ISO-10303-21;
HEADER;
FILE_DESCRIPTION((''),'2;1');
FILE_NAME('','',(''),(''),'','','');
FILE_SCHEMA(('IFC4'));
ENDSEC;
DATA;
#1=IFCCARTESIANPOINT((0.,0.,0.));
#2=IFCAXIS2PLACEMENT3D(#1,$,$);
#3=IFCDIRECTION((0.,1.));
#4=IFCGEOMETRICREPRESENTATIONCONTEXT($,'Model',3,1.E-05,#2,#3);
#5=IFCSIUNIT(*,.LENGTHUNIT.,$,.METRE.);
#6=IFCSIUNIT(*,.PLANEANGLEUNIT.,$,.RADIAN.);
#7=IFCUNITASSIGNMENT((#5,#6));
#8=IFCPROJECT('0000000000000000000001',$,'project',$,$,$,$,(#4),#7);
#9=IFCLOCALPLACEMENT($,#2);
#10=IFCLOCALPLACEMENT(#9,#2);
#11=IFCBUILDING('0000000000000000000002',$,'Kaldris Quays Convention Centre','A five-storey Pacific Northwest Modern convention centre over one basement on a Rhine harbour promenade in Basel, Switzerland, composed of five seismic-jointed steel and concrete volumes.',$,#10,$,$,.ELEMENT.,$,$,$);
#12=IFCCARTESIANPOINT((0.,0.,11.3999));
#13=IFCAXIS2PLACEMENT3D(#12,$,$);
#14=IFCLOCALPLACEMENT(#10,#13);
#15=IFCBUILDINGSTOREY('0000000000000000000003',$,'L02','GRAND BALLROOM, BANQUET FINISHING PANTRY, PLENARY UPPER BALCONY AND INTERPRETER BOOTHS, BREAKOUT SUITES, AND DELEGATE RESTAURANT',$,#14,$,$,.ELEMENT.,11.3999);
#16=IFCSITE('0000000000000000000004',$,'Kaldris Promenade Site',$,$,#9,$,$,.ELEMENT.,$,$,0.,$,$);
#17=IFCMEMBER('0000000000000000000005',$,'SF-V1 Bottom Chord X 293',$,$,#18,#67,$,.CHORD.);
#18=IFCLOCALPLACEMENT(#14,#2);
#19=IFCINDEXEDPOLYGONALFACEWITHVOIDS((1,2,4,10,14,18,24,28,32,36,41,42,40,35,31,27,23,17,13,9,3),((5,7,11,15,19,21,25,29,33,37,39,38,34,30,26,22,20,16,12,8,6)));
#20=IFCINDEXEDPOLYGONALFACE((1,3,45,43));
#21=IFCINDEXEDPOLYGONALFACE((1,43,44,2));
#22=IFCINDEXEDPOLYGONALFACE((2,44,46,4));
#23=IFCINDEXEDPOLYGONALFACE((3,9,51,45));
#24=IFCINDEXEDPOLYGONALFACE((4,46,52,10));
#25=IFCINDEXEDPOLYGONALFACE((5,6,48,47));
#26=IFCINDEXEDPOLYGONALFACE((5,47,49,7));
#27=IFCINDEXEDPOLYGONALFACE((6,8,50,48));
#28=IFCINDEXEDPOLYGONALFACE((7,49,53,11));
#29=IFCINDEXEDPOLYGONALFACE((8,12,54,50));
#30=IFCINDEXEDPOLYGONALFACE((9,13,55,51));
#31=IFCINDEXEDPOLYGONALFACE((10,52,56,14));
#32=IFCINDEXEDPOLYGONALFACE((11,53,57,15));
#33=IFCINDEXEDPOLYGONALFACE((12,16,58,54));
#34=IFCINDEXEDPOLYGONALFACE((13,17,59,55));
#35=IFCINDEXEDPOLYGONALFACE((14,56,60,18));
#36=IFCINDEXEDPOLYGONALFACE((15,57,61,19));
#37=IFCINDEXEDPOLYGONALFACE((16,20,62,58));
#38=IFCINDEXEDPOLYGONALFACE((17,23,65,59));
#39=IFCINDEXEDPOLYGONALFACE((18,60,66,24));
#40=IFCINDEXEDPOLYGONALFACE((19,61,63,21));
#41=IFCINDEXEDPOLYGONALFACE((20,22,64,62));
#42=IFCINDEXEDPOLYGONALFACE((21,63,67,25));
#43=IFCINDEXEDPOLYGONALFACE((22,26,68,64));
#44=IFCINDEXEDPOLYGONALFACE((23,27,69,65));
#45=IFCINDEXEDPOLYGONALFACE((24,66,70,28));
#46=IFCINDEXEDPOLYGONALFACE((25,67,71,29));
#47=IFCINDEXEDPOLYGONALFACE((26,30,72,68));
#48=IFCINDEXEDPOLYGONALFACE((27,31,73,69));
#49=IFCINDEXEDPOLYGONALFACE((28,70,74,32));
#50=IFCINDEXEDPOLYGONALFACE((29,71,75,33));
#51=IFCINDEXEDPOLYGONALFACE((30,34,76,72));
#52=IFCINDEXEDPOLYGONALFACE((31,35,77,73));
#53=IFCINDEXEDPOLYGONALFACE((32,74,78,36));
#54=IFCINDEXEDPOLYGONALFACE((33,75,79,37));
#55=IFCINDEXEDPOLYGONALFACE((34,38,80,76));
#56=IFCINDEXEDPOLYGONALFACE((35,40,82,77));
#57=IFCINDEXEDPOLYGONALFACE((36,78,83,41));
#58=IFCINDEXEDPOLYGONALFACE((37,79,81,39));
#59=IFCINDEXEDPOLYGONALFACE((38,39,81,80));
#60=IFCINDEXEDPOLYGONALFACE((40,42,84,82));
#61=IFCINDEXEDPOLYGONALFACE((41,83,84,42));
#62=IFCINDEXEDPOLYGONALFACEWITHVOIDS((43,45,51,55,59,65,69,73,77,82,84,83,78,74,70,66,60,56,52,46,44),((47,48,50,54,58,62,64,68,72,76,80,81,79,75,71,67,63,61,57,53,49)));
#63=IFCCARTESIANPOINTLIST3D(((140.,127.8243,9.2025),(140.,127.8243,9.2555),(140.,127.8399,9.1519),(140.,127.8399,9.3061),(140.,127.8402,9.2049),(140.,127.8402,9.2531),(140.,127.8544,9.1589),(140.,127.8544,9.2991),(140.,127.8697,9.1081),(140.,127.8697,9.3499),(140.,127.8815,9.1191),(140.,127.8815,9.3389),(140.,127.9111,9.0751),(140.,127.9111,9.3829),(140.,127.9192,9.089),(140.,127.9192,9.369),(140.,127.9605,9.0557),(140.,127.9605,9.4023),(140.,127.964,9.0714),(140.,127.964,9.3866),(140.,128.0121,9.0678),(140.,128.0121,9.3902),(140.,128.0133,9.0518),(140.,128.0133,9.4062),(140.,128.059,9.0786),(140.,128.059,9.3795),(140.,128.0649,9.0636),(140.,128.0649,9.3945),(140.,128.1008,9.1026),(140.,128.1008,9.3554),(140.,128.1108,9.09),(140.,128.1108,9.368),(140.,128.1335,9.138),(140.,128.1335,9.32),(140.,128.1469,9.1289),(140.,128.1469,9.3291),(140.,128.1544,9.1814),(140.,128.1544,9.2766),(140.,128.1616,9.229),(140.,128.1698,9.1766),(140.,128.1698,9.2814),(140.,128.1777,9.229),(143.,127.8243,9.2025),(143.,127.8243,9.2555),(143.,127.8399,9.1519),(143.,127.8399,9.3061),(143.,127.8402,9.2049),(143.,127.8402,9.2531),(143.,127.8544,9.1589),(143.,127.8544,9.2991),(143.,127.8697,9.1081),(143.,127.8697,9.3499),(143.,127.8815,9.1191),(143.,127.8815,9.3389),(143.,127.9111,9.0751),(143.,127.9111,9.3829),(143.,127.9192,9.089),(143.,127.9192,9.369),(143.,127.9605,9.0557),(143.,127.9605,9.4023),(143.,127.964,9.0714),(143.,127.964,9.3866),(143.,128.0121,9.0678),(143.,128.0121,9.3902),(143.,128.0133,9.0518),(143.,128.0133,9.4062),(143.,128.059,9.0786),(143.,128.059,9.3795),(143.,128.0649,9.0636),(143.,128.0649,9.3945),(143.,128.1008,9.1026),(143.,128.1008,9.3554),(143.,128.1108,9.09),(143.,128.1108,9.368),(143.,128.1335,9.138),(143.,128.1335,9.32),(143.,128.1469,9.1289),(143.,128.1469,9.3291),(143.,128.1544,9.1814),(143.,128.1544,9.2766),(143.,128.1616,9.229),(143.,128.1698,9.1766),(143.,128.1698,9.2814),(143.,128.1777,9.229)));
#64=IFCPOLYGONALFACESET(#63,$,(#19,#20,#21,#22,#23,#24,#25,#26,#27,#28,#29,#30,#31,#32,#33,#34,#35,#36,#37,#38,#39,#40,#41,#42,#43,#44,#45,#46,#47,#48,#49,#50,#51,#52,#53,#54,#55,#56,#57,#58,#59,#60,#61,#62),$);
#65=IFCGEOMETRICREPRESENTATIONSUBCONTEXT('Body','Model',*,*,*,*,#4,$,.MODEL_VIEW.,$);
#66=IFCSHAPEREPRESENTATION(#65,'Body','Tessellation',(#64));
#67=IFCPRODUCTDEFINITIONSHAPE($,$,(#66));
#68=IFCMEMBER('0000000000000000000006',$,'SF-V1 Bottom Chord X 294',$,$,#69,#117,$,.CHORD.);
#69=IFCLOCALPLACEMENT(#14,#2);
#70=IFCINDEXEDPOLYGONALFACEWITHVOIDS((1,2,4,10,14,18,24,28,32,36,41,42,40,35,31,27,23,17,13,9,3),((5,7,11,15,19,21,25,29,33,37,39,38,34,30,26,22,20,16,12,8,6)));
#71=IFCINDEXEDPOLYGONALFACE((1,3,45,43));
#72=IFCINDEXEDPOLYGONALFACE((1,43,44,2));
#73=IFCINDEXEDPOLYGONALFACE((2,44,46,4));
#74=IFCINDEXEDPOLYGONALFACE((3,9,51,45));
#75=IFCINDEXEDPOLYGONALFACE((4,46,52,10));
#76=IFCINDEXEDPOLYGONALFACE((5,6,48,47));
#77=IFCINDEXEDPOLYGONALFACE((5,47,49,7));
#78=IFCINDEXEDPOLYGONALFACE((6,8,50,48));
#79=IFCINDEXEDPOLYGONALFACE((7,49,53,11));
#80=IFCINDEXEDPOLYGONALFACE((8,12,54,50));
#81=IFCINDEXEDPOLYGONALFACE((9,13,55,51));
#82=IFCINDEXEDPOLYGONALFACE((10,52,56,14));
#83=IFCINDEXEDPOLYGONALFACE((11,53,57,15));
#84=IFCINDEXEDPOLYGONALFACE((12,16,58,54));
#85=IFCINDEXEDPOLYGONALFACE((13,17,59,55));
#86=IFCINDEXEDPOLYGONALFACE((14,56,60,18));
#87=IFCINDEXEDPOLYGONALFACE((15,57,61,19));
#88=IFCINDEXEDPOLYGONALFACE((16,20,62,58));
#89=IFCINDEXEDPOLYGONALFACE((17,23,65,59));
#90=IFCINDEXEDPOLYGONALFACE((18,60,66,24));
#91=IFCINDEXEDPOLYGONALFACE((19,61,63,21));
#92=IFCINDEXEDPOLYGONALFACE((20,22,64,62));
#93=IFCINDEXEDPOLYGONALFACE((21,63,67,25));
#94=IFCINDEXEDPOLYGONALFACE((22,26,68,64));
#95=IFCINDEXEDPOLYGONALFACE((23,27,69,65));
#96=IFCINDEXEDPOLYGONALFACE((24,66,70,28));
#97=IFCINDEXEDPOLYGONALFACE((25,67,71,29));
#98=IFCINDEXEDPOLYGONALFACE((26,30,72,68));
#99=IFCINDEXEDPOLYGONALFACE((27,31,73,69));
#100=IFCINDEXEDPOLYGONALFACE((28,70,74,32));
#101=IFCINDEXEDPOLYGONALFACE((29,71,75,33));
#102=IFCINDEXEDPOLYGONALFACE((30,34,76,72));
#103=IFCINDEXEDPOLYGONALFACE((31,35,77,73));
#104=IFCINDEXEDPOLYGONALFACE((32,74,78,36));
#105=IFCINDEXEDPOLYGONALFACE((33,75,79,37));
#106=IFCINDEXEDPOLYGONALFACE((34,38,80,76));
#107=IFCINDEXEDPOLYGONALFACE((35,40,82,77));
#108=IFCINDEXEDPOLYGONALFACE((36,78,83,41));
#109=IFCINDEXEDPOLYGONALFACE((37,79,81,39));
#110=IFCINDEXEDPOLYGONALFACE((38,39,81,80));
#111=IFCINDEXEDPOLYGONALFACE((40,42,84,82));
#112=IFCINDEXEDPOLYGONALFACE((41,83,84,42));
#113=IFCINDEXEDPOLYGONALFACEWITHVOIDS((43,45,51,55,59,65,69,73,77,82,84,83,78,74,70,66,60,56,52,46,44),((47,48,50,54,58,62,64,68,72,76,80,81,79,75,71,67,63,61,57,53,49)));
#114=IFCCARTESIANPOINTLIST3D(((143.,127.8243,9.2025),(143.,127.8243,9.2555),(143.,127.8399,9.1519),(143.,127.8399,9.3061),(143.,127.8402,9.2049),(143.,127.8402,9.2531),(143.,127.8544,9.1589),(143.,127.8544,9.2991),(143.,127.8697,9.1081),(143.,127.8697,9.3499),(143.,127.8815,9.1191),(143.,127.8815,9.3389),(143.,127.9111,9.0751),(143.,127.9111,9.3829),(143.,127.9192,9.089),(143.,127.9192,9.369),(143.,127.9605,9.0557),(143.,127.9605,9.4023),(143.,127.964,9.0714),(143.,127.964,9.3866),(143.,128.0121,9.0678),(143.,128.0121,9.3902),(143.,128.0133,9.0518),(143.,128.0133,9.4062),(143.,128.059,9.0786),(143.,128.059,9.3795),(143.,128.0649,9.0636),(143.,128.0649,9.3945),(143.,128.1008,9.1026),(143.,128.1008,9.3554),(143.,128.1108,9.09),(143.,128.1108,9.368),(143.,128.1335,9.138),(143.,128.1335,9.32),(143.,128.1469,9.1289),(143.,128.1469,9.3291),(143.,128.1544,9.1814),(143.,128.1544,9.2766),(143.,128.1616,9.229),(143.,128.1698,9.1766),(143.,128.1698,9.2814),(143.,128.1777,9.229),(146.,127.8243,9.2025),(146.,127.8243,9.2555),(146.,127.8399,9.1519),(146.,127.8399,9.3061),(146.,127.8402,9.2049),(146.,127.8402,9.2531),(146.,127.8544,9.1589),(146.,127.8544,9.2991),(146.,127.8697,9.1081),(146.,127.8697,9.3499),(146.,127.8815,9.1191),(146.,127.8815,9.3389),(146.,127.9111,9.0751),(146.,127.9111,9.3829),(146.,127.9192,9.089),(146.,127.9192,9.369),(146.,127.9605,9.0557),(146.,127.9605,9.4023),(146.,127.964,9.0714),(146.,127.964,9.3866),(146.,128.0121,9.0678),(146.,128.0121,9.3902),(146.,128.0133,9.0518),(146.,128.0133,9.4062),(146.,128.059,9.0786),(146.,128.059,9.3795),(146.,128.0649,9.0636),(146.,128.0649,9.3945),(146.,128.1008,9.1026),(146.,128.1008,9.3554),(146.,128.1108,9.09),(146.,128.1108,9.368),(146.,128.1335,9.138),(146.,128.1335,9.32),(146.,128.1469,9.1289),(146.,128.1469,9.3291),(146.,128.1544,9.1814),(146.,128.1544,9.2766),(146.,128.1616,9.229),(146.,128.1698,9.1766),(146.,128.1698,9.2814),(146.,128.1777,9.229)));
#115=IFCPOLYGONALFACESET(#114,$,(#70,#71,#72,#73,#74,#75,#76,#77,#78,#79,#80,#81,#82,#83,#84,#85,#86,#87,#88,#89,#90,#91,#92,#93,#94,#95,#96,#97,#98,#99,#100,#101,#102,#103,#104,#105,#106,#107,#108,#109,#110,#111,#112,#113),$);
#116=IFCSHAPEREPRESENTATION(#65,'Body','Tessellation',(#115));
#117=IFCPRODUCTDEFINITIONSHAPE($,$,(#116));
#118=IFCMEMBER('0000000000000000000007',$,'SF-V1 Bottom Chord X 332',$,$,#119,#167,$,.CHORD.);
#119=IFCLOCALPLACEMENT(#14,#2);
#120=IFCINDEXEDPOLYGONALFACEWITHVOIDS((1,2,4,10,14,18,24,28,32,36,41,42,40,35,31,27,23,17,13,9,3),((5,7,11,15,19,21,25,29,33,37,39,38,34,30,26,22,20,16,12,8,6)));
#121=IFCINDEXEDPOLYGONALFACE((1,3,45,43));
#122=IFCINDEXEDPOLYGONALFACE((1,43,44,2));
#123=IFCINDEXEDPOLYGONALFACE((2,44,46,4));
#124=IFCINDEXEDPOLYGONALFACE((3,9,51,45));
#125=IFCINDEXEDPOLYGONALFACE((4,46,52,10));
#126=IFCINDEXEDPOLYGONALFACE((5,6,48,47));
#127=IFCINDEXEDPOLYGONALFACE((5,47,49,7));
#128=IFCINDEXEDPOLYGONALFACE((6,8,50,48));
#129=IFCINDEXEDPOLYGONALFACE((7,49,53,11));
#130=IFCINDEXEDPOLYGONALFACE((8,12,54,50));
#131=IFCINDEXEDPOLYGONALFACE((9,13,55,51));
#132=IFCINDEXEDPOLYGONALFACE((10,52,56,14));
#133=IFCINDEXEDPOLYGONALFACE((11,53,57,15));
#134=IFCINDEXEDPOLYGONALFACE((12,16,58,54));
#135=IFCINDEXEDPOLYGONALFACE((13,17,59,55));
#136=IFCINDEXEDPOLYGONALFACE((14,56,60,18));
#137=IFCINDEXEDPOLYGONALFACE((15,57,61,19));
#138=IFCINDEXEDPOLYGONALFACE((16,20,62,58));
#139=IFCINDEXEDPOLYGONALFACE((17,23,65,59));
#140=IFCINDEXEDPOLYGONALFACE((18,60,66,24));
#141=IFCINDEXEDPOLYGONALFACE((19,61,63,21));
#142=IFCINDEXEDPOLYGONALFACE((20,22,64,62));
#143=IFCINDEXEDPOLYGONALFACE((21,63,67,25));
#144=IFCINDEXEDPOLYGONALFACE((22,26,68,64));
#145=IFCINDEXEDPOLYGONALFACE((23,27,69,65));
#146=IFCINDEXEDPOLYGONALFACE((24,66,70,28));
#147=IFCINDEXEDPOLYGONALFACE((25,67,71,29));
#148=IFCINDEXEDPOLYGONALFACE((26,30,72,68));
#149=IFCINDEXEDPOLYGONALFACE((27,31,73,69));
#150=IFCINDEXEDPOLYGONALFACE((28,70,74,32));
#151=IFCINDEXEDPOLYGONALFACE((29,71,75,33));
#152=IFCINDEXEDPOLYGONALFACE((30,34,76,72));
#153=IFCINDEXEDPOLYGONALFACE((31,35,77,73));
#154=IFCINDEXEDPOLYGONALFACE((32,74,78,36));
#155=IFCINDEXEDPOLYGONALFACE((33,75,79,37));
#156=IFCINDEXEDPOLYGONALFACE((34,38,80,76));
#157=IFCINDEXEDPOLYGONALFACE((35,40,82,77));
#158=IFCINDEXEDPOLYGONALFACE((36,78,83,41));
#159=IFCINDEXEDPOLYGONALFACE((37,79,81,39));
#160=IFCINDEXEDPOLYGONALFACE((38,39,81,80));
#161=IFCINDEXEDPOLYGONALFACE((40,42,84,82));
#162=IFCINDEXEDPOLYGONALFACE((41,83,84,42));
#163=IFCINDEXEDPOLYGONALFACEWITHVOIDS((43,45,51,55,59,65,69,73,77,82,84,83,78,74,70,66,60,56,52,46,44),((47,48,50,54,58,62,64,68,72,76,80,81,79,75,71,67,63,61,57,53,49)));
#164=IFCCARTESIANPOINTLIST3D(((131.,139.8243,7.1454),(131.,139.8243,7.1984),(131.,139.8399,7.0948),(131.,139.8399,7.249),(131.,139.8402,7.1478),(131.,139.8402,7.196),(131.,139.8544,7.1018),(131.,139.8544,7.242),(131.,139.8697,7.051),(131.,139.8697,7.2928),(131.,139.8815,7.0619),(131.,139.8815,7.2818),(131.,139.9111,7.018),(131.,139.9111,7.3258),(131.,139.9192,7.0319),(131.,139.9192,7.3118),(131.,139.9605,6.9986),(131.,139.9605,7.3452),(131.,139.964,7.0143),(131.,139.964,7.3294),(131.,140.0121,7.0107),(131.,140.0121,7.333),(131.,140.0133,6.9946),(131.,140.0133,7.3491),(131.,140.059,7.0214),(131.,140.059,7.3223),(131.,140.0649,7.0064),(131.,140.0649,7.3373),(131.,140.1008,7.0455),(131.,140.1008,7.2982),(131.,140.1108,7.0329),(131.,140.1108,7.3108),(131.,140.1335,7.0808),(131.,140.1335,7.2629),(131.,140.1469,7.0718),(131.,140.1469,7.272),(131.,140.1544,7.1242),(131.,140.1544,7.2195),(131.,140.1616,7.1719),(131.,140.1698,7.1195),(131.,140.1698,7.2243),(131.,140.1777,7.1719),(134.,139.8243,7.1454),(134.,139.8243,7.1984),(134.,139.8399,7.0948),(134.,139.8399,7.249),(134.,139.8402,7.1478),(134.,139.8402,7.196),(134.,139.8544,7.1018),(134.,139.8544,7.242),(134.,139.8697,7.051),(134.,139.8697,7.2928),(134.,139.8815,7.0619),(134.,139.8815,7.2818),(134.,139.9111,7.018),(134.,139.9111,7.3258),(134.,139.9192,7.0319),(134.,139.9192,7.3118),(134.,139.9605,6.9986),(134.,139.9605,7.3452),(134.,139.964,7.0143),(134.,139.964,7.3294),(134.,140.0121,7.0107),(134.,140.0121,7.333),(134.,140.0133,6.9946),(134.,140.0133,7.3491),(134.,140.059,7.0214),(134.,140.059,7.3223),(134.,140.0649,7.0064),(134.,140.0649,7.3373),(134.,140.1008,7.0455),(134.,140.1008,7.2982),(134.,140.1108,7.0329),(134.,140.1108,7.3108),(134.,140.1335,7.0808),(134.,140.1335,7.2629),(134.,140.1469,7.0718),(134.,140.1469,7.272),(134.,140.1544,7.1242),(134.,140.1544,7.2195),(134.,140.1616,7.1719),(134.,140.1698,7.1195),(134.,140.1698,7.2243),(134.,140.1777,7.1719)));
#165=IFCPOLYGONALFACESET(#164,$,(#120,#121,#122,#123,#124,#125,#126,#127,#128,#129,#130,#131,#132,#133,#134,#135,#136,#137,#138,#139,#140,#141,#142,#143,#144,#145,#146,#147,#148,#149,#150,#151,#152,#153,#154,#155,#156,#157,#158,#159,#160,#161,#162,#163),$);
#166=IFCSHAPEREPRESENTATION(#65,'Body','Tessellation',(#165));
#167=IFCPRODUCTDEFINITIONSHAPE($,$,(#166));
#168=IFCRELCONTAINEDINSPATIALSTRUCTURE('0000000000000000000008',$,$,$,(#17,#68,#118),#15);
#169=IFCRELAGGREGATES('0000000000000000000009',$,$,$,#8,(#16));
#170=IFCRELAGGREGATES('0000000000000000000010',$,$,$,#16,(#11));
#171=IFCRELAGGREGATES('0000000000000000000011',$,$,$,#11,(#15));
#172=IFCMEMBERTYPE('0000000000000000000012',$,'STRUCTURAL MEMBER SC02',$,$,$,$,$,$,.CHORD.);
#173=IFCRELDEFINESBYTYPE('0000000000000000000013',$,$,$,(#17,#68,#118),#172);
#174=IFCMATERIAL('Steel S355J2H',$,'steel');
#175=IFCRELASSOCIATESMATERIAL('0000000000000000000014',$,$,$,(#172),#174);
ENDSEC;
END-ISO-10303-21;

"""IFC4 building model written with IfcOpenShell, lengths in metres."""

from ifc_helpers import new_model, si_unit, direction, frame, origin, origin_2d, place, context, subcontext, project, spatial, hollow_circle, extrude, material, material_profile, profile_set, type_object, element, save


model = new_model("IFC4")

# Units and contexts
model_context = context("Model", 3, precision=1e-05, world=origin(), true_north=direction((0.0, 1.0)))
body_context = subcontext(model_context, "Body", "Model", "MODEL_VIEW")
ifc_project = project(units=[si_unit("LENGTHUNIT", "METRE"), si_unit("PLANEANGLEUNIT", "RADIAN")], contexts=[model_context])

# Site, building, storey
site_placement = place(None, origin())
site = spatial("IfcSite", under=ifc_project, at=site_placement, Name="Kaldris Promenade Site", CompositionType="ELEMENT", RefElevation=0.0)
building_placement = place(site_placement, origin())
building = spatial("IfcBuilding", under=site, at=building_placement, Name="Kaldris Quays Convention Centre", Description="A five-storey Pacific Northwest Modern convention centre over one basement on a Rhine harbour promenade in Basel, Switzerland, composed of five seismic-jointed steel and concrete volumes.", CompositionType="ELEMENT")
storey_placement = place(building_placement, frame((0.0, 0.0, 11.3999)))
storey = spatial("IfcBuildingStorey", under=building, at=storey_placement, Name="L02", Description="GRAND BALLROOM, BANQUET FINISHING PANTRY, PLENARY UPPER BALCONY AND INTERPRETER BOOTHS, BREAKOUT SUITES, AND DELEGATE RESTAURANT", CompositionType="ELEMENT", Elevation=11.3999)

# Members
ifc_material_1 = material(Name="Steel S355J2H", Category="steel")
ifc_material_profile_1 = material_profile(ifc_material_1, hollow_circle(Radius=0.1777, WallThickness=0.0161, at=origin_2d()), Name="CHS 355.6x16")
ifc_profile_set_1 = profile_set([ifc_material_profile_1], Name="Steel S355J2H")
member_type_1 = type_object("IfcMemberType", Name="STRUCTURAL MEMBER SC02", PredefinedType="CHORD", material=ifc_profile_set_1)
for number, where, z_axis, x_axis, name in (
    (1, (140.0, 128.0, 9.229), (1.0, 0.0, 0.0), (0.0, 1.0, 0.0), "SF-V1 Bottom Chord X 293"),
    (2, (143.0, 128.0, 9.229), (1.0, 0.0, 0.0), (0.0, 1.0, 0.0), "SF-V1 Bottom Chord X 294"),
    (3, (131.0, 140.0, 7.1719), (1.0, 0.0, 0.0), (0.0, 1.0, 0.0), "SF-V1 Bottom Chord X 332"),
):
    element("IfcMember", number, at=place(storey_placement, frame(where, z_axis=z_axis, x_axis=x_axis)), inside=storey, type_object=member_type_1, Name=name, PredefinedType="CHORD", context=body_context, shape_type="SweptSolid", body=[
        extrude(hollow_circle(Radius=0.1777, WallThickness=0.0161, at=origin_2d()), origin(), (0.0, 0.0, 1.0), 3.0),
    ])

save(model, "model.ifc")
